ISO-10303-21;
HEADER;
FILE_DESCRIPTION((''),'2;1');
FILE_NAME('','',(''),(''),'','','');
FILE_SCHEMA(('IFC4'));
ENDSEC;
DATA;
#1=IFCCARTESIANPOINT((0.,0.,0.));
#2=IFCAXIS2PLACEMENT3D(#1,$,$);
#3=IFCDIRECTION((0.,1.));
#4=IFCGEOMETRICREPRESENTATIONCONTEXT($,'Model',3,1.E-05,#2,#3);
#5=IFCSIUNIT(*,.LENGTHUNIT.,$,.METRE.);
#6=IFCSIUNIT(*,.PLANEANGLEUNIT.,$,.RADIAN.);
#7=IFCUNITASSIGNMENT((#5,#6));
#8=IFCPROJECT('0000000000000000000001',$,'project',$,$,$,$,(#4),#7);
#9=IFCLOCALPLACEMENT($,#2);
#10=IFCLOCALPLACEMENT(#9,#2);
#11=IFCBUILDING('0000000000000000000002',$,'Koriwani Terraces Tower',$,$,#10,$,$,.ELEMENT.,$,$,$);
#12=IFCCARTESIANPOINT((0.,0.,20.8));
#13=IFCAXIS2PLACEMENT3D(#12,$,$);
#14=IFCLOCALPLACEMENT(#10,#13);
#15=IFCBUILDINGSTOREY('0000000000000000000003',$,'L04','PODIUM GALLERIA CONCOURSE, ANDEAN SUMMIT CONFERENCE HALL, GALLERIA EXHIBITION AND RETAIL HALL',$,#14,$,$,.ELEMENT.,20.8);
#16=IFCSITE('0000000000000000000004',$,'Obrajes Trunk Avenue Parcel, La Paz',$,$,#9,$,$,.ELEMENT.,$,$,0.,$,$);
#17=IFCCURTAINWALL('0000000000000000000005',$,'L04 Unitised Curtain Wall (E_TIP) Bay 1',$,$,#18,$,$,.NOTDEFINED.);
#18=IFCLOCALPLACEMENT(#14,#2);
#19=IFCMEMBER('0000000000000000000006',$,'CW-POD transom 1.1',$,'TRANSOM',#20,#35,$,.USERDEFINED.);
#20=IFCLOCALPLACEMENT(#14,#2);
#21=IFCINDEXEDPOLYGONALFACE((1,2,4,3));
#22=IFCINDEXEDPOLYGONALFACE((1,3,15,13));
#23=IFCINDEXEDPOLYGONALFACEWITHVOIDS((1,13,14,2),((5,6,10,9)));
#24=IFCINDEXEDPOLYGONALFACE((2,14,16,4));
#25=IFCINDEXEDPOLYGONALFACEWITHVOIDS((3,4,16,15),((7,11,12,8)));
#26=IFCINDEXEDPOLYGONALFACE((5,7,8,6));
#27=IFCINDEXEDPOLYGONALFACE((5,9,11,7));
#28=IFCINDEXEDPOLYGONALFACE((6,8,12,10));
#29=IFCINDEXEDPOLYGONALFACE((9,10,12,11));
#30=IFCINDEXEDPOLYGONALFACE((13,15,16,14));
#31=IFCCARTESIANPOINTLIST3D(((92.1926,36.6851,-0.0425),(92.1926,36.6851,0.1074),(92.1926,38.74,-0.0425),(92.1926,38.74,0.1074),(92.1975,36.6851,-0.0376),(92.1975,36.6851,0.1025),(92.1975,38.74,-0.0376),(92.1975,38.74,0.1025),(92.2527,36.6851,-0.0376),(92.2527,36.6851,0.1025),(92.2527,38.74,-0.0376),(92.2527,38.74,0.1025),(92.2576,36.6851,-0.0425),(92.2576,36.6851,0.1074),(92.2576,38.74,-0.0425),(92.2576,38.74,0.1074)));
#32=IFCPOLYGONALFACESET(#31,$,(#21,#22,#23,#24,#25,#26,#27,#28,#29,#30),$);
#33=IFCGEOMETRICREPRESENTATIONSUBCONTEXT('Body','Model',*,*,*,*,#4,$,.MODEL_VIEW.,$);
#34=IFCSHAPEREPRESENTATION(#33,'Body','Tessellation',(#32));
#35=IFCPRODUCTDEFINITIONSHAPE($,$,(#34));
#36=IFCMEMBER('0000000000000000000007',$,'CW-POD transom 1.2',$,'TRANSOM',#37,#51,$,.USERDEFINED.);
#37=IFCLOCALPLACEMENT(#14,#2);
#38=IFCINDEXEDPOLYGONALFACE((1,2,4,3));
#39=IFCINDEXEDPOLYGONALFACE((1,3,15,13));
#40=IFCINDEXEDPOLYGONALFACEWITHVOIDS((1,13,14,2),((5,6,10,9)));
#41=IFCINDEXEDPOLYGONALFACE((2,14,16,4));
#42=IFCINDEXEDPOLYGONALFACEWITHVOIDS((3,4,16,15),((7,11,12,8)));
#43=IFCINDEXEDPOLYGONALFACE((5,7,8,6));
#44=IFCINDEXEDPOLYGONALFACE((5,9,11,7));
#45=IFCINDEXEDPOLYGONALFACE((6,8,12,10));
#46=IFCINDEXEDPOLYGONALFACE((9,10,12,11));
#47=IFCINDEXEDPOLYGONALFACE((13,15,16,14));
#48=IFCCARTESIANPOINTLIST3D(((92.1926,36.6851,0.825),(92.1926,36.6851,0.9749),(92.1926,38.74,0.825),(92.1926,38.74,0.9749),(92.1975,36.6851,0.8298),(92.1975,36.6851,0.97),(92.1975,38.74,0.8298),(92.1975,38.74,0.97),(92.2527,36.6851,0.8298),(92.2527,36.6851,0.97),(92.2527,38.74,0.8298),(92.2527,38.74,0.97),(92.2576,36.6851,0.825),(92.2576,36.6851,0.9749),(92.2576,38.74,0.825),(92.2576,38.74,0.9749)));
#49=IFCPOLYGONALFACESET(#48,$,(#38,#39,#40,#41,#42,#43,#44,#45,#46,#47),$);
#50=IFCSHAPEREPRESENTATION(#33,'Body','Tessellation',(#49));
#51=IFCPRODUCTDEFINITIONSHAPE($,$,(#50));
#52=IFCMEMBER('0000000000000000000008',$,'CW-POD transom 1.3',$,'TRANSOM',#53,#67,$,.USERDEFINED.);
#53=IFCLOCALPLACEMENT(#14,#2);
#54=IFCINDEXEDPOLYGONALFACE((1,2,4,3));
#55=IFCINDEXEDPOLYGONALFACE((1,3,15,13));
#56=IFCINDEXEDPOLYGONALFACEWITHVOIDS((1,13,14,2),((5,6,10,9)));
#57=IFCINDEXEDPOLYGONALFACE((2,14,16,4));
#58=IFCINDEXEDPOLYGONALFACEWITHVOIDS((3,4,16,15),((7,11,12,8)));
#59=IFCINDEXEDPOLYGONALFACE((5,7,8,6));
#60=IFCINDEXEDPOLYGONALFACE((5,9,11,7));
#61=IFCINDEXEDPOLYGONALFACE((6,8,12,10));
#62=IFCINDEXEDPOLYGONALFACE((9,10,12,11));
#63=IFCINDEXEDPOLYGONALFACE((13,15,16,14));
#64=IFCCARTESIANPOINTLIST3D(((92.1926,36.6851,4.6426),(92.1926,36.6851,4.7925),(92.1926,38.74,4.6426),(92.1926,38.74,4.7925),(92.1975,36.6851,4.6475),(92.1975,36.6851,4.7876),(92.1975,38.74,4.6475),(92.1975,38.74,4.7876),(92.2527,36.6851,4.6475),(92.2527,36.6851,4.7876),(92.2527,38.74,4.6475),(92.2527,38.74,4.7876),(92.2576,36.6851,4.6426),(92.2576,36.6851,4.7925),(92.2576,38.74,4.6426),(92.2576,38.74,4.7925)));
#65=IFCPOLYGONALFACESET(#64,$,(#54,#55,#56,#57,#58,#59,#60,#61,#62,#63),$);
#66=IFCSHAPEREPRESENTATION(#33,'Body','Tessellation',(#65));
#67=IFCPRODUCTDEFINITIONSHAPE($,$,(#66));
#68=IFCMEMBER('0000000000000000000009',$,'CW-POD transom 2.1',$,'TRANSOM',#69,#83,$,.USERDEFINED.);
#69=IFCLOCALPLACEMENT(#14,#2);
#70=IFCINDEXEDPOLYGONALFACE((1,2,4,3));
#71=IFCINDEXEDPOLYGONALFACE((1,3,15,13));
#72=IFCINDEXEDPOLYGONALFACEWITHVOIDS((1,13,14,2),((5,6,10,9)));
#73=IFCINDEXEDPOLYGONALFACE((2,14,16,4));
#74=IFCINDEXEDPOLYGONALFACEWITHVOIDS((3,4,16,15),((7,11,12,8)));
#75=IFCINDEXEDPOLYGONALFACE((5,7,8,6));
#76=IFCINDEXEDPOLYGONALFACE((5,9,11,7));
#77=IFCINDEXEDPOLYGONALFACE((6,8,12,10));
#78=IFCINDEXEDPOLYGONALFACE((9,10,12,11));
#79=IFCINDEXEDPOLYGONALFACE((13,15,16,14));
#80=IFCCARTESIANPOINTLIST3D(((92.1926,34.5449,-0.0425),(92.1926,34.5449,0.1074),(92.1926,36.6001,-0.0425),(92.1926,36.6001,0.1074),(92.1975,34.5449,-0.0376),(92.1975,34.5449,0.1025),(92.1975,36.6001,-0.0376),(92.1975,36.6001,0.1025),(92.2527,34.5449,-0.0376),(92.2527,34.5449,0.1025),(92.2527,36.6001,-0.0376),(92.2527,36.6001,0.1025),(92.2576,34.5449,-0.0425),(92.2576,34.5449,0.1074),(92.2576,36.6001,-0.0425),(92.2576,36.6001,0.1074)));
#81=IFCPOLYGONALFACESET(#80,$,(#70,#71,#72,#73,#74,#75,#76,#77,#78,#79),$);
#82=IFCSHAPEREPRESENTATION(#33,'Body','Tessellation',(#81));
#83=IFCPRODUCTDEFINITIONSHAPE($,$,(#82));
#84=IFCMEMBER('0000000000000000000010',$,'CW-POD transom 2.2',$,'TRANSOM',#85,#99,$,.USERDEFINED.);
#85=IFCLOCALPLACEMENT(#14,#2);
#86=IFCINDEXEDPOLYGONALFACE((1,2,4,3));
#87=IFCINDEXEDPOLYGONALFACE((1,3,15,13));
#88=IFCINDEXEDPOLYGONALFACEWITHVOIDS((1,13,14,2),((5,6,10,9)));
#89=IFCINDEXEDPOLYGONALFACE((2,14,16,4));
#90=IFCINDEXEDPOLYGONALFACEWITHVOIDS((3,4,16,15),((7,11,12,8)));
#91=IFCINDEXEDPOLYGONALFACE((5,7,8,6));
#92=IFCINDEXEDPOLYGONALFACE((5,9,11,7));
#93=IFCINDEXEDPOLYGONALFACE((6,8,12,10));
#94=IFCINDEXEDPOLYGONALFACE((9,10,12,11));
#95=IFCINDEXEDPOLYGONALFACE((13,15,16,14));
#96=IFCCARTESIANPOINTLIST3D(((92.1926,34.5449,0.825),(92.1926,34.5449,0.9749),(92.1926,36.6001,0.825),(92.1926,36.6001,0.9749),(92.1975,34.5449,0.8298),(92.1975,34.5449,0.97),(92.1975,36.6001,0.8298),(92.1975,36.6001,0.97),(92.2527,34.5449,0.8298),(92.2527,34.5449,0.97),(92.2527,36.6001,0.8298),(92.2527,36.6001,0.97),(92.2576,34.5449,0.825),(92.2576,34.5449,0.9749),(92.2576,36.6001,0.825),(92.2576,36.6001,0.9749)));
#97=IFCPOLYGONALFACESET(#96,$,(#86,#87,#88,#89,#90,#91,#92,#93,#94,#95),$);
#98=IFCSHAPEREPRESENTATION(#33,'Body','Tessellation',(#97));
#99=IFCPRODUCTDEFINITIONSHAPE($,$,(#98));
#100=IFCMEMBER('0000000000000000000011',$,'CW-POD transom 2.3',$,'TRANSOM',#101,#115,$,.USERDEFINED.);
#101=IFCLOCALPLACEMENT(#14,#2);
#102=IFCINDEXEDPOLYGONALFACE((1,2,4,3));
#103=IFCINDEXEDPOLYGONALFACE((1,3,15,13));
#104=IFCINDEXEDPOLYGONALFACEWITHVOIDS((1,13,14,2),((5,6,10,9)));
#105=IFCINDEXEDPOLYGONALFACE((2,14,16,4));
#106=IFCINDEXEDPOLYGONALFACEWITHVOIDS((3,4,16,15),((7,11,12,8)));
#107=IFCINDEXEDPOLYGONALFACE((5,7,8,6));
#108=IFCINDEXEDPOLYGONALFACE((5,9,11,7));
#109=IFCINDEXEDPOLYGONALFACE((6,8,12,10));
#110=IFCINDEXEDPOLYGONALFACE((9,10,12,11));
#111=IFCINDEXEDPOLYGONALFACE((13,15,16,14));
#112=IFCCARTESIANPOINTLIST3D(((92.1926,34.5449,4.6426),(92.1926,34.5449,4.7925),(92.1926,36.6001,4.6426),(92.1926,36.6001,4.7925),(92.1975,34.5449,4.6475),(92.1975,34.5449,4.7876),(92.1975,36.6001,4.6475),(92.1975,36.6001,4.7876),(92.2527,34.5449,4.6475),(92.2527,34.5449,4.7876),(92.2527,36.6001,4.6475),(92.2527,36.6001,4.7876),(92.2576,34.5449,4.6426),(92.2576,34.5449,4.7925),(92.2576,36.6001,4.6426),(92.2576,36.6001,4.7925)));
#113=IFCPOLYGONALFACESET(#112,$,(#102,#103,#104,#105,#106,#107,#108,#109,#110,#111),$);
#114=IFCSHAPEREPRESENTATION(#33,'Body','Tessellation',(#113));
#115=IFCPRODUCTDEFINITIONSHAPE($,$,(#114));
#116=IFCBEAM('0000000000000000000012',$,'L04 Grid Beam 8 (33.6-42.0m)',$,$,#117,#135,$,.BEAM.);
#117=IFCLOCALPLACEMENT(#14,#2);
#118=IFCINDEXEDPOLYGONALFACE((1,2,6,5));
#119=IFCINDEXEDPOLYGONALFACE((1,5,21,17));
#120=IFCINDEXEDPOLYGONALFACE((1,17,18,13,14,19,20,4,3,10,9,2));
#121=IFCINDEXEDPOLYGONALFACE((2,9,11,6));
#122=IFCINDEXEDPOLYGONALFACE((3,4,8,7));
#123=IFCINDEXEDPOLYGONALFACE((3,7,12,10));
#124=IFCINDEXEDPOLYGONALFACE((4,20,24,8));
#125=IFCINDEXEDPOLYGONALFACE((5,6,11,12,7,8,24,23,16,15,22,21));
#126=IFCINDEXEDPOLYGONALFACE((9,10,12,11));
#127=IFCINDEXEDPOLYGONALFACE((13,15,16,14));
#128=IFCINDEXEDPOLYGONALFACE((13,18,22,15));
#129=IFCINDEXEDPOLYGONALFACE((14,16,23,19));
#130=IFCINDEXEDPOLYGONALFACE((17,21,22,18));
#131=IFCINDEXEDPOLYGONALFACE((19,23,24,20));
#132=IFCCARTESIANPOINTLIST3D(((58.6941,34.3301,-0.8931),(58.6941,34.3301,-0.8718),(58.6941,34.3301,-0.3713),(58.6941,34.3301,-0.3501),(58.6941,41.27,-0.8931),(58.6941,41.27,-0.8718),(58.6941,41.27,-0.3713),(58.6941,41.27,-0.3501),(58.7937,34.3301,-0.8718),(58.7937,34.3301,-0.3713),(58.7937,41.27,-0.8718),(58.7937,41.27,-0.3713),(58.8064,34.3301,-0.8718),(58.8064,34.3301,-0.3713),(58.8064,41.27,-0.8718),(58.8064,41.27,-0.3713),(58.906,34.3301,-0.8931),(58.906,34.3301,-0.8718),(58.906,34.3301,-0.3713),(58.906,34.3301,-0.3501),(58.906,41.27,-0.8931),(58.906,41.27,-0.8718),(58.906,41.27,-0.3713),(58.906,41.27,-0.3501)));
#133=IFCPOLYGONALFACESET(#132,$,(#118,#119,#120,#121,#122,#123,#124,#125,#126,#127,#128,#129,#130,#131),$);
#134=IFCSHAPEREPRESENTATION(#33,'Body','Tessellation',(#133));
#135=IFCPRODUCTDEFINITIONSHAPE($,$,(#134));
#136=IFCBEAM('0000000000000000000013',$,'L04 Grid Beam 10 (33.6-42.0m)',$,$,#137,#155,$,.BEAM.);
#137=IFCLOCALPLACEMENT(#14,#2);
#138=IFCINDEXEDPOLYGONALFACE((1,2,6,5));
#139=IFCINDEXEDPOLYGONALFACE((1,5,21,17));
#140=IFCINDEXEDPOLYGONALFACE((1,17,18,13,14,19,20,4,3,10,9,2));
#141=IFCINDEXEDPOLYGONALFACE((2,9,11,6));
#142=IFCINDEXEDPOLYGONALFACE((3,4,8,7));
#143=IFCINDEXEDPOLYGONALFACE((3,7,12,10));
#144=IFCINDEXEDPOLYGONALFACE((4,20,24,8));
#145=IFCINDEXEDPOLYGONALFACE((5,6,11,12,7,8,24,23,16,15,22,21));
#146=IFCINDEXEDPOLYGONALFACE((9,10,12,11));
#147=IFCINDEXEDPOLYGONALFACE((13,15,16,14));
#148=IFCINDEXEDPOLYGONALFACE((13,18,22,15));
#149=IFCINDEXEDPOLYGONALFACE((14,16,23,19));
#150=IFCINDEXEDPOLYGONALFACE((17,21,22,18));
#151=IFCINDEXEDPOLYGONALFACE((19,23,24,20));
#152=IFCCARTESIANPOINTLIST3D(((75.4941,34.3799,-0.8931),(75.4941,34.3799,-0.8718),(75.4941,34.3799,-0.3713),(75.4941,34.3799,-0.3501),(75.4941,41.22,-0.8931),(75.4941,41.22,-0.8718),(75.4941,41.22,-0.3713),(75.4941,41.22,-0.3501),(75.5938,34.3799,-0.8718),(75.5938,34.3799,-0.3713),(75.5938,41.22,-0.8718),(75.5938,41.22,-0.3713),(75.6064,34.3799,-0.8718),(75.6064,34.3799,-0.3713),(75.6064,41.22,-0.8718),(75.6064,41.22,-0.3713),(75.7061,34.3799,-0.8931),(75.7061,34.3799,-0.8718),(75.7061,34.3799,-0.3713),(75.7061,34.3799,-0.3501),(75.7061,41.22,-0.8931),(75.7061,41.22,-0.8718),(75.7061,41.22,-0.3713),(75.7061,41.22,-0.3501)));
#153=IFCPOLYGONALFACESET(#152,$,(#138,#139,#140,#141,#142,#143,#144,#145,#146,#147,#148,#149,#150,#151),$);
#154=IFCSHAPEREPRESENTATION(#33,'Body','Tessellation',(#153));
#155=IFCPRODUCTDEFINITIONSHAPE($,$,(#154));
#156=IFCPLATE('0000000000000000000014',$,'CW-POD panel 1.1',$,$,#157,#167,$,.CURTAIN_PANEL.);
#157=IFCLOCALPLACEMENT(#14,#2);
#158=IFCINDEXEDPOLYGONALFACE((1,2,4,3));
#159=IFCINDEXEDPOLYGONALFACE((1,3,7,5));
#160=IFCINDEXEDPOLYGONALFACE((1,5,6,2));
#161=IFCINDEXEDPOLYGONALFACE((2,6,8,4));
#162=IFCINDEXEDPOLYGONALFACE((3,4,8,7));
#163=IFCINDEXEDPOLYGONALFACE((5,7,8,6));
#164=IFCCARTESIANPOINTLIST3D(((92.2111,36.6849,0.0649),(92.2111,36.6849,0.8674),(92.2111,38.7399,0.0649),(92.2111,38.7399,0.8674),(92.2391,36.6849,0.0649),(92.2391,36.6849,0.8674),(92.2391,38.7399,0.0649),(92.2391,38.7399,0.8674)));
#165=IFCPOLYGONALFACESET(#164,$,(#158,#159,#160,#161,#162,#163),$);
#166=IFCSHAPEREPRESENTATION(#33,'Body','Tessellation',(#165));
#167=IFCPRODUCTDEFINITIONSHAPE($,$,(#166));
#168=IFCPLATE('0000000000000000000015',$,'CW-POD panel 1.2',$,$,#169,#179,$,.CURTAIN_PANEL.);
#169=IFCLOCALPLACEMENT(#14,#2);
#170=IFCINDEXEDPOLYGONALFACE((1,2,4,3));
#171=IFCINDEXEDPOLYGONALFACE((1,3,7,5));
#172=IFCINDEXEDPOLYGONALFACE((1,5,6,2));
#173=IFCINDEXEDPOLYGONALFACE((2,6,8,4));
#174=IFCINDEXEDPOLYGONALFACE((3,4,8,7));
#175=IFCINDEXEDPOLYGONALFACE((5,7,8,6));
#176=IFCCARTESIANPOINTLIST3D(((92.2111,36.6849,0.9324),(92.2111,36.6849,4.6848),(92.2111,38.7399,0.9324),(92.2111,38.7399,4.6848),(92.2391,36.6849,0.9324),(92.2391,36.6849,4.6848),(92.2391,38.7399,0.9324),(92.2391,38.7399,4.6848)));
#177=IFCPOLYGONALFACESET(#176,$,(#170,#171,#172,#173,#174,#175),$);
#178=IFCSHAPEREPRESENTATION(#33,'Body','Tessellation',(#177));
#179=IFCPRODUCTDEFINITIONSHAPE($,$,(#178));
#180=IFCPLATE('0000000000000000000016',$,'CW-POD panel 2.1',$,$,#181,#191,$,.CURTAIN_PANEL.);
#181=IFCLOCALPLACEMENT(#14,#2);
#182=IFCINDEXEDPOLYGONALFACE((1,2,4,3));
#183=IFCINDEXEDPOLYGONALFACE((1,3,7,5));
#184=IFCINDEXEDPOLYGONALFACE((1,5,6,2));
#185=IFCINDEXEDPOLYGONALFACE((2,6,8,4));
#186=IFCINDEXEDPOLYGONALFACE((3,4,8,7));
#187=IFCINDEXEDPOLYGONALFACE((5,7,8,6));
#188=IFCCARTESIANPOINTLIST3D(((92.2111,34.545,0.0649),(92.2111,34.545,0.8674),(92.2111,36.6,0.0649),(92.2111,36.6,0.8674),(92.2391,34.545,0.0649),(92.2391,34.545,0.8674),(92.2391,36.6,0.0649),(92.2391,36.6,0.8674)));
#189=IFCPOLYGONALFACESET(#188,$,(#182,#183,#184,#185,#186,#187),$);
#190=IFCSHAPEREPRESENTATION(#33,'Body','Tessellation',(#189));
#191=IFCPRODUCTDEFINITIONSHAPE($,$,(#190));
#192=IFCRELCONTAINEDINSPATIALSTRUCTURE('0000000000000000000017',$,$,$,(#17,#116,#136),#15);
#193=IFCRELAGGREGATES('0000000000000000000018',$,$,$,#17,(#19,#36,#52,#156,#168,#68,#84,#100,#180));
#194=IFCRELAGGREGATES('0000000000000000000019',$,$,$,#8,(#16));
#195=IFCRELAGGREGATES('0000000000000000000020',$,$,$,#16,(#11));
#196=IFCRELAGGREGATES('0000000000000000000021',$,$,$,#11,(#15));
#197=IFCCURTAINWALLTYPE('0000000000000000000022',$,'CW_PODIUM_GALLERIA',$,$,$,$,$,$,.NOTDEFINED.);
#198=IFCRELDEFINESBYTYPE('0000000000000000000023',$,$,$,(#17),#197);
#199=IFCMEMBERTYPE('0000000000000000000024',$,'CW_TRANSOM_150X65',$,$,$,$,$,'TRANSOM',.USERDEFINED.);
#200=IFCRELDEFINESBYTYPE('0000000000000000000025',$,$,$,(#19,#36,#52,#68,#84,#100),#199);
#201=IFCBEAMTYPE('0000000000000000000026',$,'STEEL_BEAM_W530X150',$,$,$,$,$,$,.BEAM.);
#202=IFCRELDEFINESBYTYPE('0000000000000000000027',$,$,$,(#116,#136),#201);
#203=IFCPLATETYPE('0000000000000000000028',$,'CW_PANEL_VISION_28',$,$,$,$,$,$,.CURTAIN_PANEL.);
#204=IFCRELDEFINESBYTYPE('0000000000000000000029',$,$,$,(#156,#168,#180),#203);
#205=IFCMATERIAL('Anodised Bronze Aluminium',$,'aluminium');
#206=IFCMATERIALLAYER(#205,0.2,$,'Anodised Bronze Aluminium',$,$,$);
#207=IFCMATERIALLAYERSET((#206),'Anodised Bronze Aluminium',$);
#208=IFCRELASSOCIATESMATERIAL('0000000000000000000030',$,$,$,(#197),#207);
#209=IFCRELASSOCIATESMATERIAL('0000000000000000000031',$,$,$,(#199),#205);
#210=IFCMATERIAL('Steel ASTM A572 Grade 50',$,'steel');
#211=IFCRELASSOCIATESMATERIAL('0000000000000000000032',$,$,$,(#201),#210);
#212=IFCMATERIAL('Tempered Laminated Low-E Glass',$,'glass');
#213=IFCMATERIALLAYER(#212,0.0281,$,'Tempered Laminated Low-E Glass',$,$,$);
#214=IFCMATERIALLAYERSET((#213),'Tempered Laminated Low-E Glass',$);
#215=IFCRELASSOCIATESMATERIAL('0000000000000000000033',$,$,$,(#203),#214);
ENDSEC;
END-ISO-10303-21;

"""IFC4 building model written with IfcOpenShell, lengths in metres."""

from ifc_helpers import new_model, si_unit, direction, frame, origin, origin_2d, place, context, subcontext, project, spatial, rectangle, hollow_rectangle, i_section, extrude, material, layer, layer_set, material_profile, profile_set, type_object, element, aggregate, save


model = new_model("IFC4")

# Units and contexts
model_context = context("Model", 3, precision=1e-05, world=origin(), true_north=direction((0.0, 1.0)))
body_context = subcontext(model_context, "Body", "Model", "MODEL_VIEW")
ifc_project = project(units=[si_unit("LENGTHUNIT", "METRE"), si_unit("PLANEANGLEUNIT", "RADIAN")], contexts=[model_context])

# Site, building, storey
site_placement = place(None, origin())
site = spatial("IfcSite", under=ifc_project, at=site_placement, Name="Obrajes Trunk Avenue Parcel, La Paz", CompositionType="ELEMENT", RefElevation=0.0)
building_placement = place(site_placement, origin())
building = spatial("IfcBuilding", under=site, at=building_placement, Name="Koriwani Terraces Tower", CompositionType="ELEMENT")
storey_placement = place(building_placement, frame((0.0, 0.0, 20.8)))
storey = spatial("IfcBuildingStorey", under=building, at=storey_placement, Name="L04", Description="PODIUM GALLERIA CONCOURSE, ANDEAN SUMMIT CONFERENCE HALL, GALLERIA EXHIBITION AND RETAIL HALL", CompositionType="ELEMENT", Elevation=20.8)

# Curtain wall, members
ifc_material_1 = material(Name="Anodised Bronze Aluminium", Category="aluminium")
ifc_layer_1 = layer(ifc_material_1, 0.2, Name="Anodised Bronze Aluminium")
ifc_layer_set_1 = layer_set([ifc_layer_1], Name="Anodised Bronze Aluminium")
curtain_wall_type = type_object("IfcCurtainWallType", Name="CW_PODIUM_GALLERIA", PredefinedType="NOTDEFINED", material=ifc_layer_set_1)
curtain_wall_placement = place(storey_placement, origin())
curtain_wall = element("IfcCurtainWall", 1, at=curtain_wall_placement, inside=storey, type_object=curtain_wall_type, Name="L04 Unitised Curtain Wall (E_TIP) Bay 1", PredefinedType="NOTDEFINED")
ifc_material_profile_1 = material_profile(ifc_material_1, hollow_rectangle(XDim=0.0649, YDim=0.1499, WallThickness=0.0049, at=origin_2d()), Name="Anodised Bronze Aluminium", Category="LoadBearing")
ifc_profile_set_1 = profile_set([ifc_material_profile_1], Name="Anodised Bronze Aluminium")
member_type_1 = type_object("IfcMemberType", Name="CW_TRANSOM_150X65", ElementType="TRANSOM", PredefinedType="USERDEFINED", material=ifc_profile_set_1)
member_1_placement = place(storey_placement, frame((92.2251, 38.74, 0.0325), z_axis=(0.0, -1.0, 0.0), x_axis=(1.0, 0.0, 0.0)))
member_1 = element("IfcMember", 2, at=member_1_placement, type_object=member_type_1, Name="CW-POD transom 1.1", ObjectType="TRANSOM", PredefinedType="USERDEFINED", context=body_context, shape_type="SweptSolid", body=[
    extrude(hollow_rectangle(XDim=0.0649, YDim=0.1499, WallThickness=0.0049, at=origin_2d()), origin(), (0.0, 0.0, 1.0), 2.0549),
])
member_2_placement = place(storey_placement, frame((92.2251, 38.74, 0.8999), z_axis=(0.0, -1.0, 0.0), x_axis=(1.0, 0.0, 0.0)))
member_2 = element("IfcMember", 3, at=member_2_placement, type_object=member_type_1, Name="CW-POD transom 1.2", ObjectType="TRANSOM", PredefinedType="USERDEFINED", context=body_context, shape_type="SweptSolid", body=[
    extrude(hollow_rectangle(XDim=0.0649, YDim=0.1499, WallThickness=0.0049, at=origin_2d()), origin(), (0.0, 0.0, 1.0), 2.0549),
])
member_3_placement = place(storey_placement, frame((92.2251, 38.74, 4.7175), z_axis=(0.0, -1.0, 0.0), x_axis=(1.0, 0.0, 0.0)))
member_3 = element("IfcMember", 4, at=member_3_placement, type_object=member_type_1, Name="CW-POD transom 1.3", ObjectType="TRANSOM", PredefinedType="USERDEFINED", context=body_context, shape_type="SweptSolid", body=[
    extrude(hollow_rectangle(XDim=0.0649, YDim=0.1499, WallThickness=0.0049, at=origin_2d()), origin(), (0.0, 0.0, 1.0), 2.0549),
])
member_4_placement = place(storey_placement, frame((92.2251, 36.6001, 0.0325), z_axis=(0.0, -1.0, 0.0), x_axis=(1.0, 0.0, 0.0)))
member_4 = element("IfcMember", 5, at=member_4_placement, type_object=member_type_1, Name="CW-POD transom 2.1", ObjectType="TRANSOM", PredefinedType="USERDEFINED", context=body_context, shape_type="SweptSolid", body=[
    extrude(hollow_rectangle(XDim=0.0649, YDim=0.1499, WallThickness=0.0049, at=origin_2d()), origin(), (0.0, 0.0, 1.0), 2.0552),
])
member_5_placement = place(storey_placement, frame((92.2251, 36.6001, 0.8999), z_axis=(0.0, -1.0, 0.0), x_axis=(1.0, 0.0, 0.0)))
member_5 = element("IfcMember", 6, at=member_5_placement, type_object=member_type_1, Name="CW-POD transom 2.2", ObjectType="TRANSOM", PredefinedType="USERDEFINED", context=body_context, shape_type="SweptSolid", body=[
    extrude(hollow_rectangle(XDim=0.0649, YDim=0.1499, WallThickness=0.0049, at=origin_2d()), origin(), (0.0, 0.0, 1.0), 2.0552),
])
member_6_placement = place(storey_placement, frame((92.2251, 36.6001, 4.7175), z_axis=(0.0, -1.0, 0.0), x_axis=(1.0, 0.0, 0.0)))
member_6 = element("IfcMember", 7, at=member_6_placement, type_object=member_type_1, Name="CW-POD transom 2.3", ObjectType="TRANSOM", PredefinedType="USERDEFINED", context=body_context, shape_type="SweptSolid", body=[
    extrude(hollow_rectangle(XDim=0.0649, YDim=0.1499, WallThickness=0.0049, at=origin_2d()), origin(), (0.0, 0.0, 1.0), 2.0552),
])

# Beams
ifc_material_2 = material(Name="Steel ASTM A572 Grade 50", Category="steel")
ifc_material_profile_2 = material_profile(ifc_material_2, i_section(OverallWidth=0.2119, OverallDepth=0.543, WebThickness=0.0127, FlangeThickness=0.0212, at=origin_2d()), Name="Steel ASTM A572 Grade 50", Category="LoadBearing")
ifc_profile_set_2 = profile_set([ifc_material_profile_2], Name="Steel ASTM A572 Grade 50")
beam_type_1 = type_object("IfcBeamType", Name="STEEL_BEAM_W530X150", PredefinedType="BEAM", material=ifc_profile_set_2)
beam_1_placement = place(storey_placement, frame((58.8, 34.3301, -0.6216), z_axis=(0.0, 1.0, 0.0), x_axis=(-1.0, 0.0, 0.0)))
element("IfcBeam", 8, at=beam_1_placement, inside=storey, type_object=beam_type_1, Name="L04 Grid Beam 8 (33.6-42.0m)", PredefinedType="BEAM", context=body_context, shape_type="SweptSolid", body=[
    extrude(i_section(OverallWidth=0.2119, OverallDepth=0.543, WebThickness=0.0127, FlangeThickness=0.0212, at=origin_2d()), origin(), (0.0, 0.0, 1.0), 6.9399),
])
beam_2_placement = place(storey_placement, frame((75.6001, 34.3799, -0.6216), z_axis=(0.0, 1.0, 0.0), x_axis=(-1.0, 0.0, 0.0)))
element("IfcBeam", 9, at=beam_2_placement, inside=storey, type_object=beam_type_1, Name="L04 Grid Beam 10 (33.6-42.0m)", PredefinedType="BEAM", context=body_context, shape_type="SweptSolid", body=[
    extrude(i_section(OverallWidth=0.2119, OverallDepth=0.543, WebThickness=0.0127, FlangeThickness=0.0212, at=origin_2d()), origin(), (0.0, 0.0, 1.0), 6.8401),
])

# Plates
ifc_material_3 = material(Name="Tempered Laminated Low-E Glass", Category="glass")
ifc_layer_2 = layer(ifc_material_3, 0.0281, Name="Tempered Laminated Low-E Glass")
ifc_layer_set_2 = layer_set([ifc_layer_2], Name="Tempered Laminated Low-E Glass")
plate_type = type_object("IfcPlateType", Name="CW_PANEL_VISION_28", PredefinedType="CURTAIN_PANEL", material=ifc_layer_set_2)
plate_1_placement = place(storey_placement, frame((92.2251, 37.7124, 0.0649), z_axis=(0.0, 0.0, 1.0), x_axis=(0.0, -1.0, 0.0)))
plate_1 = element("IfcPlate", 10, at=plate_1_placement, type_object=plate_type, Name="CW-POD panel 1.1", PredefinedType="CURTAIN_PANEL", context=body_context, shape_type="SweptSolid", body=[
    extrude(rectangle(XDim=2.0549, YDim=0.0281, at=origin_2d()), origin(), (0.0, 0.0, 1.0), 0.8025),
])
plate_2_placement = place(storey_placement, frame((92.2251, 37.7124, 0.9324), z_axis=(0.0, 0.0, 1.0), x_axis=(0.0, -1.0, 0.0)))
plate_2 = element("IfcPlate", 11, at=plate_2_placement, type_object=plate_type, Name="CW-POD panel 1.2", PredefinedType="CURTAIN_PANEL", context=body_context, shape_type="SweptSolid", body=[
    extrude(rectangle(XDim=2.0549, YDim=0.0281, at=origin_2d()), origin(), (0.0, 0.0, 1.0), 3.7524),
])
plate_3_placement = place(storey_placement, frame((92.2251, 35.5725, 0.0649), z_axis=(0.0, 0.0, 1.0), x_axis=(0.0, -1.0, 0.0)))
plate_3 = element("IfcPlate", 12, at=plate_3_placement, type_object=plate_type, Name="CW-POD panel 2.1", PredefinedType="CURTAIN_PANEL", context=body_context, shape_type="SweptSolid", body=[
    extrude(rectangle(XDim=2.0549, YDim=0.0281, at=origin_2d()), origin(), (0.0, 0.0, 1.0), 0.8025),
])
aggregate(curtain_wall, [member_1, member_2, member_3, plate_1, plate_2, member_4, member_5, member_6, plate_3])

save(model, "model.ifc")
